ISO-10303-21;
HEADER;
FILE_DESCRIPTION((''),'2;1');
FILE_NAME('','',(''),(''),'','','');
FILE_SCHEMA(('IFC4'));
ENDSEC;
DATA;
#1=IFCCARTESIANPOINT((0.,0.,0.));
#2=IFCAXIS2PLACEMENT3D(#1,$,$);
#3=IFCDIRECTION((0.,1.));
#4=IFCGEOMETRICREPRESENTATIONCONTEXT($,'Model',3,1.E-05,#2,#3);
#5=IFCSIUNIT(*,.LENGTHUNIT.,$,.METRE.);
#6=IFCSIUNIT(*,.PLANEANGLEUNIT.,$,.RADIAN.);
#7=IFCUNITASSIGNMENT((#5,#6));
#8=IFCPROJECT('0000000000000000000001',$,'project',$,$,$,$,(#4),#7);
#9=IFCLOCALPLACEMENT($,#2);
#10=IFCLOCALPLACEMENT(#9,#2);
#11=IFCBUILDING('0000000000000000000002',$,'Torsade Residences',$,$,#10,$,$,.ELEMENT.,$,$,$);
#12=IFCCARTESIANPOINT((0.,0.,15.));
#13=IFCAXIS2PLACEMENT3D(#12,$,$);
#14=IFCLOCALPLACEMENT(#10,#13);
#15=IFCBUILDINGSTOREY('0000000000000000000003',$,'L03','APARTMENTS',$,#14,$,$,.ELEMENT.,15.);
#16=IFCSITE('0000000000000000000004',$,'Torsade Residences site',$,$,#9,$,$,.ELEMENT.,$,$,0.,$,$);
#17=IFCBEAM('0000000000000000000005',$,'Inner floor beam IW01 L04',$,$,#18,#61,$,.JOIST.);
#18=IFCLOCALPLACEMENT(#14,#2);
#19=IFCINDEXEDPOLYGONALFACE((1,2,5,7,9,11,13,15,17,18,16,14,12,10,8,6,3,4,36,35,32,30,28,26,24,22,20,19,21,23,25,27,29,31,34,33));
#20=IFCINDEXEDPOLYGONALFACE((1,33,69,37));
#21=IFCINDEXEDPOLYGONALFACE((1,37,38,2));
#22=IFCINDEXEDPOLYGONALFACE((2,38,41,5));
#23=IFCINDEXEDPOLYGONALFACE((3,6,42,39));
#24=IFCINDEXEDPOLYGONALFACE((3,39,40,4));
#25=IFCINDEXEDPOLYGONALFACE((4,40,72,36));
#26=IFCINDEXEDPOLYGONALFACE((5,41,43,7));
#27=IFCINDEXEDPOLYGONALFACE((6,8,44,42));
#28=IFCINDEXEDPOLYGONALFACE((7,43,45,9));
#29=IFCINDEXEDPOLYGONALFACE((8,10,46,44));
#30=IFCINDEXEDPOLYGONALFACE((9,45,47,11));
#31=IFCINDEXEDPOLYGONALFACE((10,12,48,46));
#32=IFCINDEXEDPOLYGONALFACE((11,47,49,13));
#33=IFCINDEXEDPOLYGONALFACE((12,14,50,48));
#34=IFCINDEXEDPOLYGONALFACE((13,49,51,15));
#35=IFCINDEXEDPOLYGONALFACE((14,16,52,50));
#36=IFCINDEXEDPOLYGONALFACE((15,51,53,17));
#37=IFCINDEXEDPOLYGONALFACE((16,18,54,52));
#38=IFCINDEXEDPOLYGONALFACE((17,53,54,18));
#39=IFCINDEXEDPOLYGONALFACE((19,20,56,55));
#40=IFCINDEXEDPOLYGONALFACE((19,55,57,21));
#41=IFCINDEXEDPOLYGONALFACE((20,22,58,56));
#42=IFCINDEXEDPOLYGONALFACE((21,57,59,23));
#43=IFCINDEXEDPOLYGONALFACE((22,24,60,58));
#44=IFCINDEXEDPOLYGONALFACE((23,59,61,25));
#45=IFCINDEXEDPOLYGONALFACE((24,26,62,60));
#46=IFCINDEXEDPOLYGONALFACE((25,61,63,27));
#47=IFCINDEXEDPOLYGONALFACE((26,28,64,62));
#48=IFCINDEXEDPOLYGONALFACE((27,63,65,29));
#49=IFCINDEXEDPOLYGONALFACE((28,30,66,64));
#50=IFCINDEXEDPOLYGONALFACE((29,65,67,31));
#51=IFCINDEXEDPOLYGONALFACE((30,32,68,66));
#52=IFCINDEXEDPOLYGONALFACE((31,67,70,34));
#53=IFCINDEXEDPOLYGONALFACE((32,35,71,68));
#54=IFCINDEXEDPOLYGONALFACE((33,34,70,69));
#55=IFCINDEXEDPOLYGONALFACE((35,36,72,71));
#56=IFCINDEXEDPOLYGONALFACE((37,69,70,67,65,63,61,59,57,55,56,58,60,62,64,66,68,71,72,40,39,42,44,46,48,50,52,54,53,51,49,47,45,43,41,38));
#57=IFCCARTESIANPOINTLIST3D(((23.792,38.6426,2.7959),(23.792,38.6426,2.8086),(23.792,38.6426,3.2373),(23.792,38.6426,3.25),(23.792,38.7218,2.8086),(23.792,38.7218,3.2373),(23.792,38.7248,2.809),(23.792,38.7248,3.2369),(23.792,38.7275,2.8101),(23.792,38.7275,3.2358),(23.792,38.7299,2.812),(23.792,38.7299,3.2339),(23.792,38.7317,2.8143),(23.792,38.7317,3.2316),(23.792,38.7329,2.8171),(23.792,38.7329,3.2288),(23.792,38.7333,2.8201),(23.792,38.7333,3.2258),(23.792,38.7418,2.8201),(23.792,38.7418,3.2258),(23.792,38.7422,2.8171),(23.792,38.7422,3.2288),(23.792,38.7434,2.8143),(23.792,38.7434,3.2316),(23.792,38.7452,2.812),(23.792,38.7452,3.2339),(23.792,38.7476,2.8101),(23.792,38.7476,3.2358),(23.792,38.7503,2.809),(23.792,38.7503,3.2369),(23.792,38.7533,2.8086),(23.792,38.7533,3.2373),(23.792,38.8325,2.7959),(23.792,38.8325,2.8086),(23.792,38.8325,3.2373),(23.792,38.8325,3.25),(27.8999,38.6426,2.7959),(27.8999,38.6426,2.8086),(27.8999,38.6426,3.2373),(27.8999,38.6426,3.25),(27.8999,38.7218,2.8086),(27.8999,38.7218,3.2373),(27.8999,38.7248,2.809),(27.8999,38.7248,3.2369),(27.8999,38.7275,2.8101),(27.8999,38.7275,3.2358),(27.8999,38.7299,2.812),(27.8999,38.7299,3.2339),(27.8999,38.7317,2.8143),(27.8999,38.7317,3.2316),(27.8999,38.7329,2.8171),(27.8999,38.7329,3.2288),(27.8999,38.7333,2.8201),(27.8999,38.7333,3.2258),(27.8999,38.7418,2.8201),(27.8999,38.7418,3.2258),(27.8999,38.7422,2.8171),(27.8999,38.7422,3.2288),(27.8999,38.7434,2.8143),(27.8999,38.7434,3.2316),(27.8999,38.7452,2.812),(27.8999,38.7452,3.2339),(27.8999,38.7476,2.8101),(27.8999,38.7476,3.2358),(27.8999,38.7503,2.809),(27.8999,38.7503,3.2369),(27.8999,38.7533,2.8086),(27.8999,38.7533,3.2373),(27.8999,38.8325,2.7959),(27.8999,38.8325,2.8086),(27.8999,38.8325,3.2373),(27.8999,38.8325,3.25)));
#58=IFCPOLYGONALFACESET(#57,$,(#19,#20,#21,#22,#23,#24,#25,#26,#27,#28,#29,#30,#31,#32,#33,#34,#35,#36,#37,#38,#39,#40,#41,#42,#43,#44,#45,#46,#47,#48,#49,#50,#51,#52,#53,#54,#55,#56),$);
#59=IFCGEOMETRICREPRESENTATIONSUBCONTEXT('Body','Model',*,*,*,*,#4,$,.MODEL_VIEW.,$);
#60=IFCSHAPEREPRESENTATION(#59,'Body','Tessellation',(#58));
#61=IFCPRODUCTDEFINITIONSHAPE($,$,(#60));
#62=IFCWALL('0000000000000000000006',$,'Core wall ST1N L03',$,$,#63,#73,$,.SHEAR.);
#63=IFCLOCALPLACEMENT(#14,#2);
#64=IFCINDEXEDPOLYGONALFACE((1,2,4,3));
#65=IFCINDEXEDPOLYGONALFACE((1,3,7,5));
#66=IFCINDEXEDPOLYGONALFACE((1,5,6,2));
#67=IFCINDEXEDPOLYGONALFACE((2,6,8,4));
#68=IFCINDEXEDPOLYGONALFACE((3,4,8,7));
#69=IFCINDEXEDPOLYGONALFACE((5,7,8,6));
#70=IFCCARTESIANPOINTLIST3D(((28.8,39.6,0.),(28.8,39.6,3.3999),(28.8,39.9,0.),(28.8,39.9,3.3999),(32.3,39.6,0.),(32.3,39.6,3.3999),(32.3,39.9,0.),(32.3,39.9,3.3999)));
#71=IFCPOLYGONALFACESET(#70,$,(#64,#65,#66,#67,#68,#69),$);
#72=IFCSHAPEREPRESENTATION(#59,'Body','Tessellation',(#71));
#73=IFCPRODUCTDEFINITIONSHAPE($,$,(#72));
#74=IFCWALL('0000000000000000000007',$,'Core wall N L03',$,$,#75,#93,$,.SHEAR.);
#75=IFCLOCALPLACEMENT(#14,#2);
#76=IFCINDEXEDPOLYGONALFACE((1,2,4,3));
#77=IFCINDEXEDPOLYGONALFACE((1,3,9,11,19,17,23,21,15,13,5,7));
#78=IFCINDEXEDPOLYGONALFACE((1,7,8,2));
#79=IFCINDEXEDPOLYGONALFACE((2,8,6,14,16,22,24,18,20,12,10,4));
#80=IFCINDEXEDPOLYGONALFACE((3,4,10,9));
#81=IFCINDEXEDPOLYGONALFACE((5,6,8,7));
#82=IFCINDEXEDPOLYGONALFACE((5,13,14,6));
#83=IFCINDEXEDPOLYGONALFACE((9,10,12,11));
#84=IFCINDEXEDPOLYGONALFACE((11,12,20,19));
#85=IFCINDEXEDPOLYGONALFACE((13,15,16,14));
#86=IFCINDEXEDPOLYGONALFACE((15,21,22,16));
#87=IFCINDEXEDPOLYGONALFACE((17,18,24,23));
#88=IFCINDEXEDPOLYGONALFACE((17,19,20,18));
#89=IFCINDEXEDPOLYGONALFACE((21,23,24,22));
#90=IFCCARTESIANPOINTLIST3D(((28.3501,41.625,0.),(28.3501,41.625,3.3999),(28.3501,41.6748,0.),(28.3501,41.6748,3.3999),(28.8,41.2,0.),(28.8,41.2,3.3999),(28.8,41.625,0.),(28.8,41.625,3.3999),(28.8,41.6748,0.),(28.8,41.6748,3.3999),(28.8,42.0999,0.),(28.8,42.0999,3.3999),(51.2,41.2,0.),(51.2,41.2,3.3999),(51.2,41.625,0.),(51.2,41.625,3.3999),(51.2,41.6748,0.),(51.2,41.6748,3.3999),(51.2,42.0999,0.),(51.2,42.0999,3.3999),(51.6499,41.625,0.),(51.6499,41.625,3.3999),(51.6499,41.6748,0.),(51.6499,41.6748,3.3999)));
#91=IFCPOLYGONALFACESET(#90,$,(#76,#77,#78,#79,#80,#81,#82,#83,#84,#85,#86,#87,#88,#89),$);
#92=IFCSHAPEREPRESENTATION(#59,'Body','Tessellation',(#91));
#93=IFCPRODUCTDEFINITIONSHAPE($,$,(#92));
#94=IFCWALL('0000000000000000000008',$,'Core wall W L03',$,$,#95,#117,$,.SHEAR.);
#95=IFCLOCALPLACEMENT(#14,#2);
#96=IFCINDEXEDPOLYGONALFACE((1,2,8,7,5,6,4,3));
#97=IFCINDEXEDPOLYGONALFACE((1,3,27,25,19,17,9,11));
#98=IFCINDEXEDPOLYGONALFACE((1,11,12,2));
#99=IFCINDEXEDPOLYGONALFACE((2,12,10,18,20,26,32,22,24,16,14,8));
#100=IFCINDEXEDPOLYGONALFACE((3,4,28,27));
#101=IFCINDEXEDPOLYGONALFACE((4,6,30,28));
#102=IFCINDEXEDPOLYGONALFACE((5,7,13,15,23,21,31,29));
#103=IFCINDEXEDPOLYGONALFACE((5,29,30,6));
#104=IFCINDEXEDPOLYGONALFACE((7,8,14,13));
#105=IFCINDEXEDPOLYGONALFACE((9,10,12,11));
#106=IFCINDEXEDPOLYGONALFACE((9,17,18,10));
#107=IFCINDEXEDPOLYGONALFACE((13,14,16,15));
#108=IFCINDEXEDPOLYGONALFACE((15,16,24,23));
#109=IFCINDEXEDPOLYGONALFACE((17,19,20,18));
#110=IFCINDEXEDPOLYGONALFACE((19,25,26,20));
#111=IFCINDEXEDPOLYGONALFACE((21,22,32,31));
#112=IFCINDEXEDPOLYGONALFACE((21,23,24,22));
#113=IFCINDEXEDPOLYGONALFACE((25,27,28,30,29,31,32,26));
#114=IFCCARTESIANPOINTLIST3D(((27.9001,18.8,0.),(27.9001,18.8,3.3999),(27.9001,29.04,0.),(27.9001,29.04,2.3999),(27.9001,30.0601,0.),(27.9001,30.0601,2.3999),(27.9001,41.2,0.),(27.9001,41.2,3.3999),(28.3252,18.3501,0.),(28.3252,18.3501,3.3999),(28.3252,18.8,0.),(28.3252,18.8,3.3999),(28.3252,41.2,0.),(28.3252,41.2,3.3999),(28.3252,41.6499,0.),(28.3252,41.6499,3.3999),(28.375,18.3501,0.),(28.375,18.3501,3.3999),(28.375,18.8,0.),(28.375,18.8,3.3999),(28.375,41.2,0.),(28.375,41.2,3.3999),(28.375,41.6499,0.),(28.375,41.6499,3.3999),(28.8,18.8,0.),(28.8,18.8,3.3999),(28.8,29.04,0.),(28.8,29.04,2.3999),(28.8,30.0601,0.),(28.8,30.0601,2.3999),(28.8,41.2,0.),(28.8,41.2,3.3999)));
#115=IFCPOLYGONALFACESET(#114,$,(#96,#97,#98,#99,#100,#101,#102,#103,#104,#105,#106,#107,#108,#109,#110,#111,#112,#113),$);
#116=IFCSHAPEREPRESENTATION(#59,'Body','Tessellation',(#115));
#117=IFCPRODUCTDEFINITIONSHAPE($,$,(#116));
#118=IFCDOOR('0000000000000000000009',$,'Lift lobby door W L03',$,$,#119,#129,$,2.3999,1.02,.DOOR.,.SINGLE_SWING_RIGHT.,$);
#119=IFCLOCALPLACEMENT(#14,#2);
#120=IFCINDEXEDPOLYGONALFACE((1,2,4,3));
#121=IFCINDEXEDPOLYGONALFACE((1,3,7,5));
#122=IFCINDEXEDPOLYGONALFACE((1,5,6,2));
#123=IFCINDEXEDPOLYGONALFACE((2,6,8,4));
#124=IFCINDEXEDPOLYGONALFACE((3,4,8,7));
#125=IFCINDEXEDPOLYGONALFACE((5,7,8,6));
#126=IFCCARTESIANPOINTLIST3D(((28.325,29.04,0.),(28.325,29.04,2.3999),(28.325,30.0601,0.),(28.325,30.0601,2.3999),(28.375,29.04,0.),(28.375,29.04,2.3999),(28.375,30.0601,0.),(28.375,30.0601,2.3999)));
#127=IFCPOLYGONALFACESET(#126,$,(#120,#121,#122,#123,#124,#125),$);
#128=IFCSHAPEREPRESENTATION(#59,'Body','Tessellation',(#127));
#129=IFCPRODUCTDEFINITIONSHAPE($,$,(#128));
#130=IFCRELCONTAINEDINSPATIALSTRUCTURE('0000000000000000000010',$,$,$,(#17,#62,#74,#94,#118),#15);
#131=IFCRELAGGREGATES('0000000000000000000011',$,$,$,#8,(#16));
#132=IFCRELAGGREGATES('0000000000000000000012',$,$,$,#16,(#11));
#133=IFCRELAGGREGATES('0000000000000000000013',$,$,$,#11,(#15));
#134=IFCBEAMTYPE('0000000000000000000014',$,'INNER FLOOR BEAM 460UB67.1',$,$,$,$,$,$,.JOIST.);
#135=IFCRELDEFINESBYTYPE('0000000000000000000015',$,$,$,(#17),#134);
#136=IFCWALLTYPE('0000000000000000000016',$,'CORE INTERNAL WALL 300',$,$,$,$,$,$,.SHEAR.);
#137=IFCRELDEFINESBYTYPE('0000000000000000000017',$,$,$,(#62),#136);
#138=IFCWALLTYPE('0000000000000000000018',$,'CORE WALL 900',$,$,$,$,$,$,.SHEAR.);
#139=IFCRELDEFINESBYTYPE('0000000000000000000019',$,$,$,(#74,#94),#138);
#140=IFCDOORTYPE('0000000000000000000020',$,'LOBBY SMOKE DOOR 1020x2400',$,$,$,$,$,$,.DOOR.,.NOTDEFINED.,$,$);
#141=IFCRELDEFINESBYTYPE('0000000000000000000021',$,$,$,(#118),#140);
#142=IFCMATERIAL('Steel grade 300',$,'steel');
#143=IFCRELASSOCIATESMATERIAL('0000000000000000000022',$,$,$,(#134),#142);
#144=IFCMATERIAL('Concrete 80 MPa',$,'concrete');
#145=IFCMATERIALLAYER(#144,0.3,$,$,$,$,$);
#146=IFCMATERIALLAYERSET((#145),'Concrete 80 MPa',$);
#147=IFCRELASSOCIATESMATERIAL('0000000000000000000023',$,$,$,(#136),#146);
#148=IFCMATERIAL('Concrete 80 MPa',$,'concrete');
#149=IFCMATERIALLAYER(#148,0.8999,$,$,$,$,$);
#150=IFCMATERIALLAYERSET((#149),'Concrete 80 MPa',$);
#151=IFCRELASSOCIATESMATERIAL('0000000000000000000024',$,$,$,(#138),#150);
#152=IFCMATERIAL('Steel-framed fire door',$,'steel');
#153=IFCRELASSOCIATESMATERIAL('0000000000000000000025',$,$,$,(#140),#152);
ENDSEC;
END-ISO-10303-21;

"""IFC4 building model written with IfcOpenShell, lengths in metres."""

from ifc_helpers import new_model, si_unit, direction, frame, frame_2d, origin, origin_2d, place, context, subcontext, project, spatial, polyline, rectangle, i_section, outline, extrude, material, layer, layer_set, material_profile, profile_set, type_object, element, fill, save


model = new_model("IFC4")

# Units and contexts
model_context = context("Model", 3, precision=1e-05, world=origin(), true_north=direction((0.0, 1.0)))
body_context = subcontext(model_context, "Body", "Model", "MODEL_VIEW")
ifc_project = project(units=[si_unit("LENGTHUNIT", "METRE"), si_unit("PLANEANGLEUNIT", "RADIAN")], contexts=[model_context])

# Site, building, storey
site_placement = place(None, origin())
site = spatial("IfcSite", under=ifc_project, at=site_placement, Name="Torsade Residences site", CompositionType="ELEMENT", RefElevation=0.0)
building_placement = place(site_placement, origin())
building = spatial("IfcBuilding", under=site, at=building_placement, Name="Torsade Residences", CompositionType="ELEMENT")
storey_placement = place(building_placement, frame((0.0, 0.0, 15.0)))
storey = spatial("IfcBuildingStorey", under=building, at=storey_placement, Name="L03", Description="APARTMENTS", CompositionType="ELEMENT", Elevation=15.0)

# Beam
ifc_material_1 = material(Name="Steel grade 300", Category="steel")
ifc_material_profile_1 = material_profile(ifc_material_1, i_section(OverallWidth=0.1899, OverallDepth=0.4541, WebThickness=0.0085, FlangeThickness=0.0127, FilletRadius=0.0115, at=origin_2d()), Name="460UB67.1")
ifc_profile_set_1 = profile_set([ifc_material_profile_1], Name="Steel grade 300")
beam_type = type_object("IfcBeamType", Name="INNER FLOOR BEAM 460UB67.1", PredefinedType="JOIST", material=ifc_profile_set_1)
beam_1_placement = place(storey_placement, frame((27.8999, 38.7375, 3.0229), z_axis=(-1.0, 0.0, 0.0), x_axis=(0.0, -1.0, 0.0)))
element("IfcBeam", 1, at=beam_1_placement, inside=storey, type_object=beam_type, Name="Inner floor beam IW01 L04", PredefinedType="JOIST", context=body_context, shape_type="SweptSolid", body=[
    extrude(i_section(OverallWidth=0.1899, OverallDepth=0.4541, WebThickness=0.0085, FlangeThickness=0.0127, FilletRadius=0.0115, at=origin_2d()), origin(), (0.0, 0.0, 1.0), 4.1079),
])

# Walls
ifc_material_2 = material(Name="Concrete 80 MPa", Category="concrete")
ifc_layer_1 = layer(ifc_material_2, 0.3)
ifc_layer_set_1 = layer_set([ifc_layer_1], Name="Concrete 80 MPa")
wall_type_1 = type_object("IfcWallType", Name="CORE INTERNAL WALL 300", PredefinedType="SHEAR", material=ifc_layer_set_1)
wall_1_placement = place(storey_placement, frame((28.8, 39.75, 0.0), z_axis=(0.0, 0.0, 1.0), x_axis=(1.0, 0.0, 0.0)))
element("IfcWall", 2, at=wall_1_placement, inside=storey, type_object=wall_type_1, Name="Core wall ST1N L03", PredefinedType="SHEAR", context=body_context, shape_type="SweptSolid", body=[
    extrude(rectangle(XDim=3.5, YDim=0.3, at=frame_2d((1.75, 0.0))), origin(), (0.0, 0.0, 1.0), 3.3999),
])
ifc_material_3 = material(Name="Concrete 80 MPa", Category="concrete")
ifc_layer_2 = layer(ifc_material_3, 0.8999)
ifc_layer_set_2 = layer_set([ifc_layer_2], Name="Concrete 80 MPa")
wall_type_2 = type_object("IfcWallType", Name="CORE WALL 900", PredefinedType="SHEAR", material=ifc_layer_set_2)
wall_2_placement = place(storey_placement, frame((28.8, 41.6499, 0.0), z_axis=(0.0, 0.0, 1.0), x_axis=(1.0, 0.0, 0.0)))
element("IfcWall", 3, at=wall_2_placement, inside=storey, type_object=wall_type_2, Name="Core wall N L03", PredefinedType="SHEAR", context=body_context, shape_type="SweptSolid", body=[
    extrude(outline(polyline([(0.0, -0.45), (22.3999, -0.45), (22.3999, -0.0249), (22.8499, -0.0249), (22.8499, 0.0249), (22.3999, 0.0249), (22.3999, 0.45), (0.0, 0.45), (0.0, 0.0249), (-0.45, 0.0249), (-0.45, -0.0249), (0.0, -0.0249), (0.0, -0.45)])), origin(), (0.0, 0.0, 1.0), 3.3999),
])

# Wall, opening, door
wall_3_placement = place(storey_placement, frame((28.3501, 41.2, 0.0), z_axis=(0.0, 0.0, 1.0), x_axis=(0.0, -1.0, 0.0)))
wall_3 = element("IfcWall", 4, at=wall_3_placement, inside=storey, type_object=wall_type_2, Name="Core wall W L03", PredefinedType="SHEAR", context=body_context, shape_type="SweptSolid", body=[
    extrude(outline(polyline([(0.0, -0.45), (22.3999, -0.45), (22.3999, -0.0249), (22.8499, -0.0249), (22.8499, 0.0249), (22.3999, 0.0249), (22.3999, 0.45), (0.0, 0.45), (0.0, 0.0249), (-0.45, 0.0249), (-0.45, -0.0249), (0.0, -0.0249), (0.0, -0.45)])), origin(), (0.0, 0.0, 1.0), 3.3999),
])
opening_1_placement = place(wall_3_placement, frame((11.1399, 0.0, 0.0)))
opening_1 = element("IfcOpeningElement", 5, at=opening_1_placement, cuts=wall_3, PredefinedType="OPENING", context=body_context, shape_type="SweptSolid", body=[
    extrude(rectangle(XDim=1.02, YDim=2.3999, at=frame_2d((0.51, 1.2))), frame((0.0, 0.46, 0.0), z_axis=(0.0, -1.0, 0.0), x_axis=(1.0, 0.0, 0.0)), (0.0, 0.0, 1.0), 0.9199),
])
ifc_material_4 = material(Name="Steel-framed fire door", Category="steel")
door_type_1 = type_object("IfcDoorType", Name="LOBBY SMOKE DOOR 1020x2400", OperationType="NOTDEFINED", PredefinedType="DOOR", material=ifc_material_4)
door_1_placement = place(opening_1_placement, origin())
door_1 = element("IfcDoor", 6, at=door_1_placement, inside=storey, type_object=door_type_1, Name="Lift lobby door W L03", OperationType="SINGLE_SWING_RIGHT", OverallHeight=2.3999, OverallWidth=1.02, PredefinedType="DOOR", context=body_context, shape_type="SweptSolid", body=[
    extrude(rectangle(XDim=1.02, YDim=2.3999, at=frame_2d((0.51, 1.2))), frame((0.0, 0.0249, 0.0), z_axis=(0.0, -1.0, 0.0), x_axis=(1.0, 0.0, 0.0)), (0.0, 0.0, 1.0), 0.05),
])
fill(opening_1, door_1)

save(model, "model.ifc")
